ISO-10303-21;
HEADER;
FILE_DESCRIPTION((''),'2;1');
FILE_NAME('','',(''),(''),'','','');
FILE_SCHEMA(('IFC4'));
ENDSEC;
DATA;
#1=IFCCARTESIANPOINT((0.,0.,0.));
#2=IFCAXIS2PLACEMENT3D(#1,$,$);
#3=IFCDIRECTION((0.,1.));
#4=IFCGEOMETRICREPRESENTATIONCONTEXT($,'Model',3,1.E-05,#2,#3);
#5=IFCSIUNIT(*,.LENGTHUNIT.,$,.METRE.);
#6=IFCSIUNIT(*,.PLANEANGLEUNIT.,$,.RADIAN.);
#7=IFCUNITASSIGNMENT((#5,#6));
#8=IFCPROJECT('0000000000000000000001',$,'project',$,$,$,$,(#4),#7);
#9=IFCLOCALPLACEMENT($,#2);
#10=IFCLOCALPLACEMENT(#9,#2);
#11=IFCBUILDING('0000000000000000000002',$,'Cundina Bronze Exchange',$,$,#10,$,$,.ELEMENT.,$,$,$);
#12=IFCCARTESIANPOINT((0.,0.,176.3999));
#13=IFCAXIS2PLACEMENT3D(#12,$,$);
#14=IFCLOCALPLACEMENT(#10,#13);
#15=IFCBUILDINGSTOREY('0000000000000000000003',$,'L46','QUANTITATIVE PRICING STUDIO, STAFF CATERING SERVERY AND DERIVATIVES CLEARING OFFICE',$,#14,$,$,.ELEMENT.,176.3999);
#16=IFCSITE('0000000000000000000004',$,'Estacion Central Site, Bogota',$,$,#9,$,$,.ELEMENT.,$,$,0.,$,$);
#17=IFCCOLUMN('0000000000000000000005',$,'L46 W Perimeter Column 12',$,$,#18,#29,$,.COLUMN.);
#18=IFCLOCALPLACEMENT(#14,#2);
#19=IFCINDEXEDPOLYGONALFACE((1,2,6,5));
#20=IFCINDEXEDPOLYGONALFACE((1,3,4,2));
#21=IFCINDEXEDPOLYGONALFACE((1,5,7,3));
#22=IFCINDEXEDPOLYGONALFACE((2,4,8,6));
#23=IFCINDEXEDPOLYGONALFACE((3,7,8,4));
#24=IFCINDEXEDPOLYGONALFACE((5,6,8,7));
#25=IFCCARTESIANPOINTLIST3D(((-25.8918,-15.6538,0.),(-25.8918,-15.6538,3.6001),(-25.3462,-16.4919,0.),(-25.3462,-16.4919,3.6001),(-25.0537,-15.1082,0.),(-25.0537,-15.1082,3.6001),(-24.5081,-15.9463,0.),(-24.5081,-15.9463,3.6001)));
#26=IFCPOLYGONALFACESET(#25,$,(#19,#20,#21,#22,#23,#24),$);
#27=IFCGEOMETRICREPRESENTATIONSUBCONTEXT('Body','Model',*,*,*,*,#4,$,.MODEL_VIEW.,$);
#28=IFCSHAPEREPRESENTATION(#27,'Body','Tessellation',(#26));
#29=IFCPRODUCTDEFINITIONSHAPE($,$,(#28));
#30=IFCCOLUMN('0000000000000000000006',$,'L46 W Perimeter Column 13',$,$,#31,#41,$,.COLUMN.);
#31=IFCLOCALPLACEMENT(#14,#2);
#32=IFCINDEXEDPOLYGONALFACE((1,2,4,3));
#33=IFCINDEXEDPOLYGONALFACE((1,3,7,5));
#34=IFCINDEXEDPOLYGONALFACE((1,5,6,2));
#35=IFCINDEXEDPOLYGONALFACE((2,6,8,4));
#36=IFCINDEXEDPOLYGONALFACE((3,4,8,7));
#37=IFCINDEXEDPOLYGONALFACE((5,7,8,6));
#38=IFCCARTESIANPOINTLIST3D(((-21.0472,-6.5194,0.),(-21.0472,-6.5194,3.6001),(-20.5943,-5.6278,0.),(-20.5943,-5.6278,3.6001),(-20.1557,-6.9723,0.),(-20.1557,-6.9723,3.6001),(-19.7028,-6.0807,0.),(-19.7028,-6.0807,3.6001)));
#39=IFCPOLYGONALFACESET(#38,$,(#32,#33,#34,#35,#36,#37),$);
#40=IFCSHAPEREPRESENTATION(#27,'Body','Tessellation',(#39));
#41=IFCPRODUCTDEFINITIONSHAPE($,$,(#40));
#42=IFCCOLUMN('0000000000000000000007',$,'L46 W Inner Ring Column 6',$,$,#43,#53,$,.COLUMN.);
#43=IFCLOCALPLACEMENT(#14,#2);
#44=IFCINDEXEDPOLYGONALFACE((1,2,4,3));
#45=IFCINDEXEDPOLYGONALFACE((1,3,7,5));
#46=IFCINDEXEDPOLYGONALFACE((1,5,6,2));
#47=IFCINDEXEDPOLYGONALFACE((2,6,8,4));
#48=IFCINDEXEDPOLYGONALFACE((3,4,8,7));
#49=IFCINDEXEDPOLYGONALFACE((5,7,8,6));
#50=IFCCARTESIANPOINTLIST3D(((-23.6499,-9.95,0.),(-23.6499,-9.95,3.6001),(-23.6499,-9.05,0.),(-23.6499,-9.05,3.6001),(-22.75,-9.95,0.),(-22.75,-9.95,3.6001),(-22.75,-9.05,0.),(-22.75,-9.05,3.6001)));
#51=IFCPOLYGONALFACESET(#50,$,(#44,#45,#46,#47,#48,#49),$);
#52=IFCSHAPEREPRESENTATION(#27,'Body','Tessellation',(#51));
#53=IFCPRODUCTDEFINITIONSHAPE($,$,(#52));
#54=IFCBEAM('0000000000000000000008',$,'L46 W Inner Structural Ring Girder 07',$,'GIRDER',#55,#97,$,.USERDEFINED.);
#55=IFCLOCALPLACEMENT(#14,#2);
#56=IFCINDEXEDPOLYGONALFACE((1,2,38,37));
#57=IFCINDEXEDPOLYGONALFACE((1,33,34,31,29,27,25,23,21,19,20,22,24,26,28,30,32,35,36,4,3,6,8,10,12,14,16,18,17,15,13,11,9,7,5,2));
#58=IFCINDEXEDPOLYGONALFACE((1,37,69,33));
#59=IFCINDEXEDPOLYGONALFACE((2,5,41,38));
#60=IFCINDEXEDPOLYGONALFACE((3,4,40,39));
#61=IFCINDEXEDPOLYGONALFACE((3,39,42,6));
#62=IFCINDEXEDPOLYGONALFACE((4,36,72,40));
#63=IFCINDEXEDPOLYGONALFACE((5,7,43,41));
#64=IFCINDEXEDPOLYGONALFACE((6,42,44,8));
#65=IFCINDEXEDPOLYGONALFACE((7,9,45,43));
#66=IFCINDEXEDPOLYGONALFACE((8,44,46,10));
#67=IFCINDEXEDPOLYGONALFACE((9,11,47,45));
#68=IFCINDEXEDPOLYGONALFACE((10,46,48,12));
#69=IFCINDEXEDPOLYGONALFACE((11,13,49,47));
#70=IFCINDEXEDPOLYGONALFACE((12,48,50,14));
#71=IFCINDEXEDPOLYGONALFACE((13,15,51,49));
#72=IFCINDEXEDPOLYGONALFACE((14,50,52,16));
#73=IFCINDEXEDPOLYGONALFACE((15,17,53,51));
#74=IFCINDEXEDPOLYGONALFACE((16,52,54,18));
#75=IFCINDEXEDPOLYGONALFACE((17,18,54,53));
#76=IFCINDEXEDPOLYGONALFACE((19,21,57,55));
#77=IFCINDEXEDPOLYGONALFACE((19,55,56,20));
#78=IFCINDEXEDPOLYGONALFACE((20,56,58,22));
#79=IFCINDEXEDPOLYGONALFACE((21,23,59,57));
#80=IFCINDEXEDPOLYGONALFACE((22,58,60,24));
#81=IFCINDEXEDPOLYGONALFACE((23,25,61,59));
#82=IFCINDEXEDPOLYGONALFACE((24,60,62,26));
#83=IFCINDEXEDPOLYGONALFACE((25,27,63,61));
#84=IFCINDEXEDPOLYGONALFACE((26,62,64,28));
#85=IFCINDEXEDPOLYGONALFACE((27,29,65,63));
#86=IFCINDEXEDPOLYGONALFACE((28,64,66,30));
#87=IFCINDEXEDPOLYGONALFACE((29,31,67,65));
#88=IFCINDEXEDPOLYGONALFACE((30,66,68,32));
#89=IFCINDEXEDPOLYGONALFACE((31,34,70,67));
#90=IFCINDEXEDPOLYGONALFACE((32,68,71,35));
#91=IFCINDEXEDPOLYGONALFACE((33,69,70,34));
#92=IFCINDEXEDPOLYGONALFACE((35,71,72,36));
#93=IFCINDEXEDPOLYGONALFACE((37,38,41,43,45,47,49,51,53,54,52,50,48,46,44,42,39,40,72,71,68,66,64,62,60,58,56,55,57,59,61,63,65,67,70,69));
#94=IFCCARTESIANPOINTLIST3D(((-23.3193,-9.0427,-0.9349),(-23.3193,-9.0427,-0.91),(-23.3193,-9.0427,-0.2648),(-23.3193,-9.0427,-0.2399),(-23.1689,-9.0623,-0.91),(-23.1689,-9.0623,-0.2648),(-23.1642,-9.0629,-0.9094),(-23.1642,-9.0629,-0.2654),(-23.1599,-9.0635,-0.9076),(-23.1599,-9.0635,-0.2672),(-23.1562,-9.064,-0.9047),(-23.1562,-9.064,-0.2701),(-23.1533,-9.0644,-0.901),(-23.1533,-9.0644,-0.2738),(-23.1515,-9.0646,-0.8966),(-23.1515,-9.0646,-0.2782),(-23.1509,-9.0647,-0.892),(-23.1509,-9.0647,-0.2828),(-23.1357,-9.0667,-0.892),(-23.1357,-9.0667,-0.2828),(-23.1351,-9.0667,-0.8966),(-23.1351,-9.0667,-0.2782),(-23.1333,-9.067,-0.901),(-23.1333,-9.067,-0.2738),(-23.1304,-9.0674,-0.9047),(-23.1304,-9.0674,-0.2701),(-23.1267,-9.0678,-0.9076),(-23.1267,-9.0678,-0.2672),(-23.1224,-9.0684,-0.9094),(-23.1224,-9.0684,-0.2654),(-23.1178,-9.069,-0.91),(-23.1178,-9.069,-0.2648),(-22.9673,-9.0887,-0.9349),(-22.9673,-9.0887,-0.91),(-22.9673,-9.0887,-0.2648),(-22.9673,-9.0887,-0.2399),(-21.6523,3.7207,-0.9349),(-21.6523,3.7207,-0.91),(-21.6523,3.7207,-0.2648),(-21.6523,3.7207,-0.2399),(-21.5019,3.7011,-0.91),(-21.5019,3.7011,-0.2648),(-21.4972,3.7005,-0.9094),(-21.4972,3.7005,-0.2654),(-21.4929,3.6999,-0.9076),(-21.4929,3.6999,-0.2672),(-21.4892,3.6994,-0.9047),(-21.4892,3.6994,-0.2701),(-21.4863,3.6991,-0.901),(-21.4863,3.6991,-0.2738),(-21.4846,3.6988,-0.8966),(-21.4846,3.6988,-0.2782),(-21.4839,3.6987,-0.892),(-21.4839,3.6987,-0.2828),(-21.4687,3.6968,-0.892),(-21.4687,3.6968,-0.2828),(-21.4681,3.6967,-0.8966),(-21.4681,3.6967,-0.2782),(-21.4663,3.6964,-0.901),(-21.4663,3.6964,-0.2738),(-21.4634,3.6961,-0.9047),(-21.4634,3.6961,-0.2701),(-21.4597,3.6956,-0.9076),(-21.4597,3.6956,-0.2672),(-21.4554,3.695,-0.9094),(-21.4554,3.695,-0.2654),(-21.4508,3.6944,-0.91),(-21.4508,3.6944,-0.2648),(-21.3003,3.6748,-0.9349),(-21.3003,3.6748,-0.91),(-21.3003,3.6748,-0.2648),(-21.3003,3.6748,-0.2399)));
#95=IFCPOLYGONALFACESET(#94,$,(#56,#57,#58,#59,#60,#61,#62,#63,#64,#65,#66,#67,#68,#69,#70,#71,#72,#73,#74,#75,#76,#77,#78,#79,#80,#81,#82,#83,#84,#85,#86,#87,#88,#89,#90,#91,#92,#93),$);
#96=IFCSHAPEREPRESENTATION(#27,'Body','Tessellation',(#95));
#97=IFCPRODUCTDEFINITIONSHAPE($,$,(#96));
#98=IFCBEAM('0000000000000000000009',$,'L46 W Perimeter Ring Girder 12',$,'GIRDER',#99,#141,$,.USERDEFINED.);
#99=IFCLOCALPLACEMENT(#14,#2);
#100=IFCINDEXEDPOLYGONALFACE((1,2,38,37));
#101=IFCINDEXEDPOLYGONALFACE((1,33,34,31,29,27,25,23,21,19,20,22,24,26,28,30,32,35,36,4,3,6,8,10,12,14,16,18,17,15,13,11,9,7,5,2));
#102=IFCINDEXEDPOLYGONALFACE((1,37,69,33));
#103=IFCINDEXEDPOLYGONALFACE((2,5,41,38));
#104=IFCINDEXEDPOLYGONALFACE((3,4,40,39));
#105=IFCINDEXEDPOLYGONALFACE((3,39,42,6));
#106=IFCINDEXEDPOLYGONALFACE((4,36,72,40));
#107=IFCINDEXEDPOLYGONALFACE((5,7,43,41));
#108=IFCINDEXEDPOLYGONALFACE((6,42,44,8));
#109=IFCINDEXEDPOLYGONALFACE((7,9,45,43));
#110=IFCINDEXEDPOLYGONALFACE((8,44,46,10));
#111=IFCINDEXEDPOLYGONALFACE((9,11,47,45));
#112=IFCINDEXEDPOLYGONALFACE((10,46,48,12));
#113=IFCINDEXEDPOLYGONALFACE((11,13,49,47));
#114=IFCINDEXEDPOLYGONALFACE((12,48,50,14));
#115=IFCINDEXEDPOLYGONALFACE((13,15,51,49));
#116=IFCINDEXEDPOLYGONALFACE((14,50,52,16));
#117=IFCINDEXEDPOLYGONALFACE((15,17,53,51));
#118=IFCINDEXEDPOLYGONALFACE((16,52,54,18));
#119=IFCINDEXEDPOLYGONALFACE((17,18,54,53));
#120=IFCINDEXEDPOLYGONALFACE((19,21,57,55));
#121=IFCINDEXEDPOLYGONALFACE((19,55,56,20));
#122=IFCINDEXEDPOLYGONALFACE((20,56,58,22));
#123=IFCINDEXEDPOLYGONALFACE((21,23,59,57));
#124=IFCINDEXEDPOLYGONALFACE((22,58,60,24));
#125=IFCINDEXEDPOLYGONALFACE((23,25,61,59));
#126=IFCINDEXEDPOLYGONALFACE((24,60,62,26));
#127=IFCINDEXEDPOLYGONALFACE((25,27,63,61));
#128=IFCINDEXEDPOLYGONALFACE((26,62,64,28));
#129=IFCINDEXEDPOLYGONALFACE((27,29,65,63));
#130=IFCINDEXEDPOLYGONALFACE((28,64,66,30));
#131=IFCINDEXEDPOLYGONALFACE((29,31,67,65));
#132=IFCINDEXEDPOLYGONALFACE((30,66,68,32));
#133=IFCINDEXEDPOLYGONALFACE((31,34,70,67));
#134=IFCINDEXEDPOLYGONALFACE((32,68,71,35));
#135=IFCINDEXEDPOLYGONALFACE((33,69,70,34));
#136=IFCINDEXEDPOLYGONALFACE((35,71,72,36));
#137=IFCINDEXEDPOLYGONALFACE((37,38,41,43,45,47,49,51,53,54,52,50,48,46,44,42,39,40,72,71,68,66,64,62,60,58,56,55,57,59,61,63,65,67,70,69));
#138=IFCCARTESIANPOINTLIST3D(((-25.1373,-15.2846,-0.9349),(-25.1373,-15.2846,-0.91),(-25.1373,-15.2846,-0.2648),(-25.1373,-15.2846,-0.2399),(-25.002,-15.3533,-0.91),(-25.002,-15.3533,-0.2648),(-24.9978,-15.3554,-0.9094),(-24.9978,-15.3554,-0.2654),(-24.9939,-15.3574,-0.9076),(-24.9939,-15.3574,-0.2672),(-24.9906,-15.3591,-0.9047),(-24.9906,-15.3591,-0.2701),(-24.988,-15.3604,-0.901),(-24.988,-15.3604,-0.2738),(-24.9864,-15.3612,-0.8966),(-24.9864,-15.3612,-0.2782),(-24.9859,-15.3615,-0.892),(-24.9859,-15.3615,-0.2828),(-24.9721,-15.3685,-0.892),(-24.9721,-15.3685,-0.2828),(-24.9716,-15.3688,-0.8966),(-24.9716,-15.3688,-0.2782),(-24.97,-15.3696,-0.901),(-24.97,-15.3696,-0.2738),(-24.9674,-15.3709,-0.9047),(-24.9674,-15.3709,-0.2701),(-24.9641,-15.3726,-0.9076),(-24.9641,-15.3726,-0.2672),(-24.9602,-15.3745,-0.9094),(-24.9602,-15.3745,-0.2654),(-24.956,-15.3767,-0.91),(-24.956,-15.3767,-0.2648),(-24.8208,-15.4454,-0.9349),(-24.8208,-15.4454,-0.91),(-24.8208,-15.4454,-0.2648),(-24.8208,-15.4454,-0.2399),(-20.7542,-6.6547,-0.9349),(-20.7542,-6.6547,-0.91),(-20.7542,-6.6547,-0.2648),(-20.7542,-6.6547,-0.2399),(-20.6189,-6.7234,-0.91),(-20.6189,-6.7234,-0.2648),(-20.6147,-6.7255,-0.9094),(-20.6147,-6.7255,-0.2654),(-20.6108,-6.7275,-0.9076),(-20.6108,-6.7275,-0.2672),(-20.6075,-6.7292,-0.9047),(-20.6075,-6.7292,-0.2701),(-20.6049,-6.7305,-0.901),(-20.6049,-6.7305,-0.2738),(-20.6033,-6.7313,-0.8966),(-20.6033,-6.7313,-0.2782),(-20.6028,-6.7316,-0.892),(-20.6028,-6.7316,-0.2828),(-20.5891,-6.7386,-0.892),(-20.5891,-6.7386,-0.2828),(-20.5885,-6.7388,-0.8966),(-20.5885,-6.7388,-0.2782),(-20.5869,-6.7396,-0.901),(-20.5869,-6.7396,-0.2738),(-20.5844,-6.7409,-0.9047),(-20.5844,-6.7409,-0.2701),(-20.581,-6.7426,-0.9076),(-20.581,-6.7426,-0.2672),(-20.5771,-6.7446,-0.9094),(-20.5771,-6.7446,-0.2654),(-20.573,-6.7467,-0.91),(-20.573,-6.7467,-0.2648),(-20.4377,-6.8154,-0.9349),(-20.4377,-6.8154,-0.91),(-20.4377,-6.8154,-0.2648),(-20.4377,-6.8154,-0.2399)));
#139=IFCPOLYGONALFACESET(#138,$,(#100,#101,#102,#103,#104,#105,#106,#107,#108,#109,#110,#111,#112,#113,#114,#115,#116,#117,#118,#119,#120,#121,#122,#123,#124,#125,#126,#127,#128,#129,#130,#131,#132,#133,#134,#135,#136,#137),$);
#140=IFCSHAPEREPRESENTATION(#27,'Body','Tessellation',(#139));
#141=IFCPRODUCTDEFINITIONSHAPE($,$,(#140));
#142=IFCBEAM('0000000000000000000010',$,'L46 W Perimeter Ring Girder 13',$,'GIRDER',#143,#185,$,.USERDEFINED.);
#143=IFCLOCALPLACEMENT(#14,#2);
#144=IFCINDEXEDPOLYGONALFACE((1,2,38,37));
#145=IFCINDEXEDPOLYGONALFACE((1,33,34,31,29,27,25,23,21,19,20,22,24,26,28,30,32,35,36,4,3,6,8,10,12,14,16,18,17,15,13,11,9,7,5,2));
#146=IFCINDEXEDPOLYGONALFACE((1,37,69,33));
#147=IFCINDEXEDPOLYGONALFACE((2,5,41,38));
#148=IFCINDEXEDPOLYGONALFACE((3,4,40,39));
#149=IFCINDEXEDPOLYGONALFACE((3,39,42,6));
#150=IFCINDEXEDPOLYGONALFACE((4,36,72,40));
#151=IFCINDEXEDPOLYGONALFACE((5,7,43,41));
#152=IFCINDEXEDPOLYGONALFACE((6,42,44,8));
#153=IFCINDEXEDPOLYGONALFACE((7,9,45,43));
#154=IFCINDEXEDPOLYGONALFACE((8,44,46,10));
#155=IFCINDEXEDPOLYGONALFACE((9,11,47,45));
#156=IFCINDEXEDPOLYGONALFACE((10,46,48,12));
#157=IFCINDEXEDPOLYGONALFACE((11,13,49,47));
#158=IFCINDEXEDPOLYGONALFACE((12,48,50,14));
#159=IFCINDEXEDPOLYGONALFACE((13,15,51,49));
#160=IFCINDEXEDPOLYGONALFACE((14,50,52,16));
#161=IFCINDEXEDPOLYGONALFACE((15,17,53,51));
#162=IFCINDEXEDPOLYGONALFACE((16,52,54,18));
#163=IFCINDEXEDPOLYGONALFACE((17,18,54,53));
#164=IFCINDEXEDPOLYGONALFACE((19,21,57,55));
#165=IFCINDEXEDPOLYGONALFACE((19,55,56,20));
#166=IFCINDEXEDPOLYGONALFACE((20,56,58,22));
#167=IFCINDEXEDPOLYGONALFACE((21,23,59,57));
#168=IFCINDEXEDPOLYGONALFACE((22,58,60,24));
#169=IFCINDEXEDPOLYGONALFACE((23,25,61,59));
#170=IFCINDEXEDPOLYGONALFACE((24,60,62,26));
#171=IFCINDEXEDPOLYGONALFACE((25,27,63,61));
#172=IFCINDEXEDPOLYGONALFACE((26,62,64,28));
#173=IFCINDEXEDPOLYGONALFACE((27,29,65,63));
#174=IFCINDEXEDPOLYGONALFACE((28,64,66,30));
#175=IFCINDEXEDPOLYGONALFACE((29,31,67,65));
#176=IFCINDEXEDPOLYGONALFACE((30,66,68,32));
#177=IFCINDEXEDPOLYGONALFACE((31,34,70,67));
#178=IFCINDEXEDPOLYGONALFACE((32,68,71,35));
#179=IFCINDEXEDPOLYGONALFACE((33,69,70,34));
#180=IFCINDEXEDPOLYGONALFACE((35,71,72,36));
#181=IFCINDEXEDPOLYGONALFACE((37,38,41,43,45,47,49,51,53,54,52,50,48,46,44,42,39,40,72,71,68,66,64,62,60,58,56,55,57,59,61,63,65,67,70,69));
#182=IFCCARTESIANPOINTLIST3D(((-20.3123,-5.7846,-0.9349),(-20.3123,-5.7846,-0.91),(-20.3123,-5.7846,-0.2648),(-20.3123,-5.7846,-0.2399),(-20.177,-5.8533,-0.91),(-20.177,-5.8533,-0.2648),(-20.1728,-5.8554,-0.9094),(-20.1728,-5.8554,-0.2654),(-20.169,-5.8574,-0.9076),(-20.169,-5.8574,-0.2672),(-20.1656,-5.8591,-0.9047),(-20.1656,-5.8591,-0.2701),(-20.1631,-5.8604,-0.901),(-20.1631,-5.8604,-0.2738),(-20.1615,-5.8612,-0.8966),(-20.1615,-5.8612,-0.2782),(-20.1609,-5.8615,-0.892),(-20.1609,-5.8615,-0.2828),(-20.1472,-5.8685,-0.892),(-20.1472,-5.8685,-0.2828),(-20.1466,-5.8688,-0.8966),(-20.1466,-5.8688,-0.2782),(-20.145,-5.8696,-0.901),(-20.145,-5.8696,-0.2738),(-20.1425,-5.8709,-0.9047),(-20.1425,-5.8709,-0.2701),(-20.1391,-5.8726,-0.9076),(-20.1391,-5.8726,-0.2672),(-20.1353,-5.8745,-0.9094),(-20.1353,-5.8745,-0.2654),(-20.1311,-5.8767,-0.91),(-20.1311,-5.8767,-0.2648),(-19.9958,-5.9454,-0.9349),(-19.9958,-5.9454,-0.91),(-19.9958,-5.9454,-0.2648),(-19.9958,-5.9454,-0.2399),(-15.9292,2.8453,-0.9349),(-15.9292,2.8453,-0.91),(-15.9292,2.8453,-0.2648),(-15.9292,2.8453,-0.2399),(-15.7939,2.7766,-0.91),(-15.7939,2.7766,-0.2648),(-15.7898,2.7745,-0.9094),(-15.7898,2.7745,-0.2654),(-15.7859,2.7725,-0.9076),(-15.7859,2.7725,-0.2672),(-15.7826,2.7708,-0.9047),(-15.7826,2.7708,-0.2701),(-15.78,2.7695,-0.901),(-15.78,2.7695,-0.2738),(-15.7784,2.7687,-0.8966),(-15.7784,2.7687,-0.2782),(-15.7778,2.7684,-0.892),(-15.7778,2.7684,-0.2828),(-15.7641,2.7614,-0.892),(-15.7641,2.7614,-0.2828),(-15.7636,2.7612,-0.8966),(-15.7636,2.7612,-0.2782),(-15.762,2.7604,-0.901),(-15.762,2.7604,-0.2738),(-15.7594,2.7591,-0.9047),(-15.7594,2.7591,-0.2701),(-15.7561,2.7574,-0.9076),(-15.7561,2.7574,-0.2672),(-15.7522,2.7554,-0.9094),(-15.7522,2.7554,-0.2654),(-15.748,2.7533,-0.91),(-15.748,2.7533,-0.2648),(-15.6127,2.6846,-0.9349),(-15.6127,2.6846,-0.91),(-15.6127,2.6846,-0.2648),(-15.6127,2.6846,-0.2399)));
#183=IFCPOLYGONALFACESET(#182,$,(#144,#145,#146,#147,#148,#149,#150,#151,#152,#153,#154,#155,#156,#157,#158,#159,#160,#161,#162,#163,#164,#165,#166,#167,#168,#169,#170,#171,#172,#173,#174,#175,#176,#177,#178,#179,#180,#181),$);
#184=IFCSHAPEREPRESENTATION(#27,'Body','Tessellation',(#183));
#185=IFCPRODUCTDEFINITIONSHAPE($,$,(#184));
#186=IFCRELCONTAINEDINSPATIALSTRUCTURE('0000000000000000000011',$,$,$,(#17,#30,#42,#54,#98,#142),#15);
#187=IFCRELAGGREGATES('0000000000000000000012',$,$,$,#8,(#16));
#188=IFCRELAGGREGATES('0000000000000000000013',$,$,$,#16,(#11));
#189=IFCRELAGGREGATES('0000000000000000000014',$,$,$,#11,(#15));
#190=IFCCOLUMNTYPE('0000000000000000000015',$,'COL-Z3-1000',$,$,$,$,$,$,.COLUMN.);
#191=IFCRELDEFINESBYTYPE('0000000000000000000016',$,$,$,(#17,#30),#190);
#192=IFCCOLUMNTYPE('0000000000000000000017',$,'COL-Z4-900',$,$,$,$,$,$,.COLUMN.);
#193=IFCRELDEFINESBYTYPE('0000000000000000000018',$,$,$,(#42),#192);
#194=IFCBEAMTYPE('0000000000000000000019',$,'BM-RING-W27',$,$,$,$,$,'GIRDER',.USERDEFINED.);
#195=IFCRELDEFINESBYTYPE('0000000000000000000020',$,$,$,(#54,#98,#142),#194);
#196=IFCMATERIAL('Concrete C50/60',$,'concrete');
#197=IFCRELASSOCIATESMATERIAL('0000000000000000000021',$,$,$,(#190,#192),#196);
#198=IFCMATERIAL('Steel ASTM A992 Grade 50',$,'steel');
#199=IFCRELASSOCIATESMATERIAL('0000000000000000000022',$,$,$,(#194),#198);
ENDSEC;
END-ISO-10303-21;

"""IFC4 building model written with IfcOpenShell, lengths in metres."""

from ifc_helpers import new_model, si_unit, direction, frame, origin, origin_2d, place, context, subcontext, project, spatial, rectangle, i_section, extrude, material, material_profile, profile_set, type_object, element, save


model = new_model("IFC4")

# Units and contexts
model_context = context("Model", 3, precision=1e-05, world=origin(), true_north=direction((0.0, 1.0)))
body_context = subcontext(model_context, "Body", "Model", "MODEL_VIEW")
ifc_project = project(units=[si_unit("LENGTHUNIT", "METRE"), si_unit("PLANEANGLEUNIT", "RADIAN")], contexts=[model_context])

# Site, building, storey
site_placement = place(None, origin())
site = spatial("IfcSite", under=ifc_project, at=site_placement, Name="Estacion Central Site, Bogota", CompositionType="ELEMENT", RefElevation=0.0)
building_placement = place(site_placement, origin())
building = spatial("IfcBuilding", under=site, at=building_placement, Name="Cundina Bronze Exchange", CompositionType="ELEMENT")
storey_placement = place(building_placement, frame((0.0, 0.0, 176.3999)))
storey = spatial("IfcBuildingStorey", under=building, at=storey_placement, Name="L46", Description="QUANTITATIVE PRICING STUDIO, STAFF CATERING SERVERY AND DERIVATIVES CLEARING OFFICE", CompositionType="ELEMENT", Elevation=176.3999)

# Columns
ifc_material_1 = material(Name="Concrete C50/60", Category="concrete")
ifc_material_profile_1 = material_profile(ifc_material_1, rectangle(XDim=1.0, YDim=1.0, at=origin_2d()), Name="RC1000X1000", Category="concrete")
ifc_profile_set_1 = profile_set([ifc_material_profile_1], Name="Concrete C50/60")
column_type_1 = type_object("IfcColumnType", Name="COL-Z3-1000", PredefinedType="COLUMN", material=ifc_profile_set_1)
for number, where, z_axis, x_axis, name in (
    (1, (-25.2, -15.8, 0.0), (0.0, 0.0, 1.0), (0.8381, 0.545517, 0.0), "L46 W Perimeter Column 12"),
    (2, (-20.375, -6.3, 0.0), (0.0, 0.0, 1.0), (0.452902, 0.891561, 0.0), "L46 W Perimeter Column 13"),
):
    element("IfcColumn", number, at=place(storey_placement, frame(where, z_axis=z_axis, x_axis=x_axis)), inside=storey, type_object=column_type_1, Name=name, PredefinedType="COLUMN", context=body_context, shape_type="SweptSolid", body=[
        extrude(rectangle(XDim=1.0, YDim=1.0, at=origin_2d()), origin(), (0.0, 0.0, 1.0), 3.6001),
    ])
ifc_material_profile_2 = material_profile(ifc_material_1, rectangle(XDim=0.8999, YDim=0.8999, at=origin_2d()), Name="RC900X900", Category="concrete")
ifc_profile_set_2 = profile_set([ifc_material_profile_2], Name="Concrete C50/60")
column_type_2 = type_object("IfcColumnType", Name="COL-Z4-900", PredefinedType="COLUMN", material=ifc_profile_set_2)
column_placement = place(storey_placement, frame((-23.2, -9.5, 0.0), z_axis=(0.0, 0.0, 1.0), x_axis=(1.0, 0.0, 0.0)))
element("IfcColumn", 3, at=column_placement, inside=storey, type_object=column_type_2, Name="L46 W Inner Ring Column 6", PredefinedType="COLUMN", context=body_context, shape_type="SweptSolid", body=[
    extrude(rectangle(XDim=0.8999, YDim=0.8999, at=origin_2d()), origin(), (0.0, 0.0, 1.0), 3.6001),
])

# Beams
ifc_material_2 = material(Name="Steel ASTM A992 Grade 50", Category="steel")
ifc_material_profile_3 = material_profile(ifc_material_2, i_section(OverallWidth=0.355, OverallDepth=0.6951, WebThickness=0.0154, FlangeThickness=0.0249, FilletRadius=0.0181, at=origin_2d()), Name="W27X146", Category="steel")
ifc_profile_set_3 = profile_set([ifc_material_profile_3], Name="Steel ASTM A992 Grade 50")
beam_type = type_object("IfcBeamType", Name="BM-RING-W27", ElementType="GIRDER", PredefinedType="USERDEFINED", material=ifc_profile_set_3)
beam_placement = place(storey_placement, frame((-23.1433, -9.0657, -0.5874), z_axis=(0.129507, 0.991579, 0.0), x_axis=(-0.991579, 0.129507, 0.0)))
element("IfcBeam", 4, at=beam_placement, inside=storey, type_object=beam_type, Name="L46 W Inner Structural Ring Girder 07", ObjectType="GIRDER", PredefinedType="USERDEFINED", context=body_context, shape_type="SweptSolid", body=[
    extrude(i_section(OverallWidth=0.355, OverallDepth=0.6951, WebThickness=0.0154, FlangeThickness=0.0249, FilletRadius=0.0181, at=origin_2d()), origin(), (0.0, 0.0, 1.0), 12.8718),
])
for number, where, z_axis, x_axis, name in (
    (5, (-24.979, -15.365, -0.5874), (0.452835, 0.891595, 0.0), (-0.891595, 0.452835, 0.0), "L46 W Perimeter Ring Girder 12"),
    (6, (-20.1541, -5.865, -0.5874), (0.452835, 0.891595, 0.0), (-0.891595, 0.452835, 0.0), "L46 W Perimeter Ring Girder 13"),
):
    element("IfcBeam", number, at=place(storey_placement, frame(where, z_axis=z_axis, x_axis=x_axis)), inside=storey, type_object=beam_type, Name=name, ObjectType="GIRDER", PredefinedType="USERDEFINED", context=body_context, shape_type="SweptSolid", body=[
        extrude(i_section(OverallWidth=0.355, OverallDepth=0.6951, WebThickness=0.0154, FlangeThickness=0.0249, FilletRadius=0.0181, at=origin_2d()), origin(), (0.0, 0.0, 1.0), 9.6792),
    ])

save(model, "model.ifc")
